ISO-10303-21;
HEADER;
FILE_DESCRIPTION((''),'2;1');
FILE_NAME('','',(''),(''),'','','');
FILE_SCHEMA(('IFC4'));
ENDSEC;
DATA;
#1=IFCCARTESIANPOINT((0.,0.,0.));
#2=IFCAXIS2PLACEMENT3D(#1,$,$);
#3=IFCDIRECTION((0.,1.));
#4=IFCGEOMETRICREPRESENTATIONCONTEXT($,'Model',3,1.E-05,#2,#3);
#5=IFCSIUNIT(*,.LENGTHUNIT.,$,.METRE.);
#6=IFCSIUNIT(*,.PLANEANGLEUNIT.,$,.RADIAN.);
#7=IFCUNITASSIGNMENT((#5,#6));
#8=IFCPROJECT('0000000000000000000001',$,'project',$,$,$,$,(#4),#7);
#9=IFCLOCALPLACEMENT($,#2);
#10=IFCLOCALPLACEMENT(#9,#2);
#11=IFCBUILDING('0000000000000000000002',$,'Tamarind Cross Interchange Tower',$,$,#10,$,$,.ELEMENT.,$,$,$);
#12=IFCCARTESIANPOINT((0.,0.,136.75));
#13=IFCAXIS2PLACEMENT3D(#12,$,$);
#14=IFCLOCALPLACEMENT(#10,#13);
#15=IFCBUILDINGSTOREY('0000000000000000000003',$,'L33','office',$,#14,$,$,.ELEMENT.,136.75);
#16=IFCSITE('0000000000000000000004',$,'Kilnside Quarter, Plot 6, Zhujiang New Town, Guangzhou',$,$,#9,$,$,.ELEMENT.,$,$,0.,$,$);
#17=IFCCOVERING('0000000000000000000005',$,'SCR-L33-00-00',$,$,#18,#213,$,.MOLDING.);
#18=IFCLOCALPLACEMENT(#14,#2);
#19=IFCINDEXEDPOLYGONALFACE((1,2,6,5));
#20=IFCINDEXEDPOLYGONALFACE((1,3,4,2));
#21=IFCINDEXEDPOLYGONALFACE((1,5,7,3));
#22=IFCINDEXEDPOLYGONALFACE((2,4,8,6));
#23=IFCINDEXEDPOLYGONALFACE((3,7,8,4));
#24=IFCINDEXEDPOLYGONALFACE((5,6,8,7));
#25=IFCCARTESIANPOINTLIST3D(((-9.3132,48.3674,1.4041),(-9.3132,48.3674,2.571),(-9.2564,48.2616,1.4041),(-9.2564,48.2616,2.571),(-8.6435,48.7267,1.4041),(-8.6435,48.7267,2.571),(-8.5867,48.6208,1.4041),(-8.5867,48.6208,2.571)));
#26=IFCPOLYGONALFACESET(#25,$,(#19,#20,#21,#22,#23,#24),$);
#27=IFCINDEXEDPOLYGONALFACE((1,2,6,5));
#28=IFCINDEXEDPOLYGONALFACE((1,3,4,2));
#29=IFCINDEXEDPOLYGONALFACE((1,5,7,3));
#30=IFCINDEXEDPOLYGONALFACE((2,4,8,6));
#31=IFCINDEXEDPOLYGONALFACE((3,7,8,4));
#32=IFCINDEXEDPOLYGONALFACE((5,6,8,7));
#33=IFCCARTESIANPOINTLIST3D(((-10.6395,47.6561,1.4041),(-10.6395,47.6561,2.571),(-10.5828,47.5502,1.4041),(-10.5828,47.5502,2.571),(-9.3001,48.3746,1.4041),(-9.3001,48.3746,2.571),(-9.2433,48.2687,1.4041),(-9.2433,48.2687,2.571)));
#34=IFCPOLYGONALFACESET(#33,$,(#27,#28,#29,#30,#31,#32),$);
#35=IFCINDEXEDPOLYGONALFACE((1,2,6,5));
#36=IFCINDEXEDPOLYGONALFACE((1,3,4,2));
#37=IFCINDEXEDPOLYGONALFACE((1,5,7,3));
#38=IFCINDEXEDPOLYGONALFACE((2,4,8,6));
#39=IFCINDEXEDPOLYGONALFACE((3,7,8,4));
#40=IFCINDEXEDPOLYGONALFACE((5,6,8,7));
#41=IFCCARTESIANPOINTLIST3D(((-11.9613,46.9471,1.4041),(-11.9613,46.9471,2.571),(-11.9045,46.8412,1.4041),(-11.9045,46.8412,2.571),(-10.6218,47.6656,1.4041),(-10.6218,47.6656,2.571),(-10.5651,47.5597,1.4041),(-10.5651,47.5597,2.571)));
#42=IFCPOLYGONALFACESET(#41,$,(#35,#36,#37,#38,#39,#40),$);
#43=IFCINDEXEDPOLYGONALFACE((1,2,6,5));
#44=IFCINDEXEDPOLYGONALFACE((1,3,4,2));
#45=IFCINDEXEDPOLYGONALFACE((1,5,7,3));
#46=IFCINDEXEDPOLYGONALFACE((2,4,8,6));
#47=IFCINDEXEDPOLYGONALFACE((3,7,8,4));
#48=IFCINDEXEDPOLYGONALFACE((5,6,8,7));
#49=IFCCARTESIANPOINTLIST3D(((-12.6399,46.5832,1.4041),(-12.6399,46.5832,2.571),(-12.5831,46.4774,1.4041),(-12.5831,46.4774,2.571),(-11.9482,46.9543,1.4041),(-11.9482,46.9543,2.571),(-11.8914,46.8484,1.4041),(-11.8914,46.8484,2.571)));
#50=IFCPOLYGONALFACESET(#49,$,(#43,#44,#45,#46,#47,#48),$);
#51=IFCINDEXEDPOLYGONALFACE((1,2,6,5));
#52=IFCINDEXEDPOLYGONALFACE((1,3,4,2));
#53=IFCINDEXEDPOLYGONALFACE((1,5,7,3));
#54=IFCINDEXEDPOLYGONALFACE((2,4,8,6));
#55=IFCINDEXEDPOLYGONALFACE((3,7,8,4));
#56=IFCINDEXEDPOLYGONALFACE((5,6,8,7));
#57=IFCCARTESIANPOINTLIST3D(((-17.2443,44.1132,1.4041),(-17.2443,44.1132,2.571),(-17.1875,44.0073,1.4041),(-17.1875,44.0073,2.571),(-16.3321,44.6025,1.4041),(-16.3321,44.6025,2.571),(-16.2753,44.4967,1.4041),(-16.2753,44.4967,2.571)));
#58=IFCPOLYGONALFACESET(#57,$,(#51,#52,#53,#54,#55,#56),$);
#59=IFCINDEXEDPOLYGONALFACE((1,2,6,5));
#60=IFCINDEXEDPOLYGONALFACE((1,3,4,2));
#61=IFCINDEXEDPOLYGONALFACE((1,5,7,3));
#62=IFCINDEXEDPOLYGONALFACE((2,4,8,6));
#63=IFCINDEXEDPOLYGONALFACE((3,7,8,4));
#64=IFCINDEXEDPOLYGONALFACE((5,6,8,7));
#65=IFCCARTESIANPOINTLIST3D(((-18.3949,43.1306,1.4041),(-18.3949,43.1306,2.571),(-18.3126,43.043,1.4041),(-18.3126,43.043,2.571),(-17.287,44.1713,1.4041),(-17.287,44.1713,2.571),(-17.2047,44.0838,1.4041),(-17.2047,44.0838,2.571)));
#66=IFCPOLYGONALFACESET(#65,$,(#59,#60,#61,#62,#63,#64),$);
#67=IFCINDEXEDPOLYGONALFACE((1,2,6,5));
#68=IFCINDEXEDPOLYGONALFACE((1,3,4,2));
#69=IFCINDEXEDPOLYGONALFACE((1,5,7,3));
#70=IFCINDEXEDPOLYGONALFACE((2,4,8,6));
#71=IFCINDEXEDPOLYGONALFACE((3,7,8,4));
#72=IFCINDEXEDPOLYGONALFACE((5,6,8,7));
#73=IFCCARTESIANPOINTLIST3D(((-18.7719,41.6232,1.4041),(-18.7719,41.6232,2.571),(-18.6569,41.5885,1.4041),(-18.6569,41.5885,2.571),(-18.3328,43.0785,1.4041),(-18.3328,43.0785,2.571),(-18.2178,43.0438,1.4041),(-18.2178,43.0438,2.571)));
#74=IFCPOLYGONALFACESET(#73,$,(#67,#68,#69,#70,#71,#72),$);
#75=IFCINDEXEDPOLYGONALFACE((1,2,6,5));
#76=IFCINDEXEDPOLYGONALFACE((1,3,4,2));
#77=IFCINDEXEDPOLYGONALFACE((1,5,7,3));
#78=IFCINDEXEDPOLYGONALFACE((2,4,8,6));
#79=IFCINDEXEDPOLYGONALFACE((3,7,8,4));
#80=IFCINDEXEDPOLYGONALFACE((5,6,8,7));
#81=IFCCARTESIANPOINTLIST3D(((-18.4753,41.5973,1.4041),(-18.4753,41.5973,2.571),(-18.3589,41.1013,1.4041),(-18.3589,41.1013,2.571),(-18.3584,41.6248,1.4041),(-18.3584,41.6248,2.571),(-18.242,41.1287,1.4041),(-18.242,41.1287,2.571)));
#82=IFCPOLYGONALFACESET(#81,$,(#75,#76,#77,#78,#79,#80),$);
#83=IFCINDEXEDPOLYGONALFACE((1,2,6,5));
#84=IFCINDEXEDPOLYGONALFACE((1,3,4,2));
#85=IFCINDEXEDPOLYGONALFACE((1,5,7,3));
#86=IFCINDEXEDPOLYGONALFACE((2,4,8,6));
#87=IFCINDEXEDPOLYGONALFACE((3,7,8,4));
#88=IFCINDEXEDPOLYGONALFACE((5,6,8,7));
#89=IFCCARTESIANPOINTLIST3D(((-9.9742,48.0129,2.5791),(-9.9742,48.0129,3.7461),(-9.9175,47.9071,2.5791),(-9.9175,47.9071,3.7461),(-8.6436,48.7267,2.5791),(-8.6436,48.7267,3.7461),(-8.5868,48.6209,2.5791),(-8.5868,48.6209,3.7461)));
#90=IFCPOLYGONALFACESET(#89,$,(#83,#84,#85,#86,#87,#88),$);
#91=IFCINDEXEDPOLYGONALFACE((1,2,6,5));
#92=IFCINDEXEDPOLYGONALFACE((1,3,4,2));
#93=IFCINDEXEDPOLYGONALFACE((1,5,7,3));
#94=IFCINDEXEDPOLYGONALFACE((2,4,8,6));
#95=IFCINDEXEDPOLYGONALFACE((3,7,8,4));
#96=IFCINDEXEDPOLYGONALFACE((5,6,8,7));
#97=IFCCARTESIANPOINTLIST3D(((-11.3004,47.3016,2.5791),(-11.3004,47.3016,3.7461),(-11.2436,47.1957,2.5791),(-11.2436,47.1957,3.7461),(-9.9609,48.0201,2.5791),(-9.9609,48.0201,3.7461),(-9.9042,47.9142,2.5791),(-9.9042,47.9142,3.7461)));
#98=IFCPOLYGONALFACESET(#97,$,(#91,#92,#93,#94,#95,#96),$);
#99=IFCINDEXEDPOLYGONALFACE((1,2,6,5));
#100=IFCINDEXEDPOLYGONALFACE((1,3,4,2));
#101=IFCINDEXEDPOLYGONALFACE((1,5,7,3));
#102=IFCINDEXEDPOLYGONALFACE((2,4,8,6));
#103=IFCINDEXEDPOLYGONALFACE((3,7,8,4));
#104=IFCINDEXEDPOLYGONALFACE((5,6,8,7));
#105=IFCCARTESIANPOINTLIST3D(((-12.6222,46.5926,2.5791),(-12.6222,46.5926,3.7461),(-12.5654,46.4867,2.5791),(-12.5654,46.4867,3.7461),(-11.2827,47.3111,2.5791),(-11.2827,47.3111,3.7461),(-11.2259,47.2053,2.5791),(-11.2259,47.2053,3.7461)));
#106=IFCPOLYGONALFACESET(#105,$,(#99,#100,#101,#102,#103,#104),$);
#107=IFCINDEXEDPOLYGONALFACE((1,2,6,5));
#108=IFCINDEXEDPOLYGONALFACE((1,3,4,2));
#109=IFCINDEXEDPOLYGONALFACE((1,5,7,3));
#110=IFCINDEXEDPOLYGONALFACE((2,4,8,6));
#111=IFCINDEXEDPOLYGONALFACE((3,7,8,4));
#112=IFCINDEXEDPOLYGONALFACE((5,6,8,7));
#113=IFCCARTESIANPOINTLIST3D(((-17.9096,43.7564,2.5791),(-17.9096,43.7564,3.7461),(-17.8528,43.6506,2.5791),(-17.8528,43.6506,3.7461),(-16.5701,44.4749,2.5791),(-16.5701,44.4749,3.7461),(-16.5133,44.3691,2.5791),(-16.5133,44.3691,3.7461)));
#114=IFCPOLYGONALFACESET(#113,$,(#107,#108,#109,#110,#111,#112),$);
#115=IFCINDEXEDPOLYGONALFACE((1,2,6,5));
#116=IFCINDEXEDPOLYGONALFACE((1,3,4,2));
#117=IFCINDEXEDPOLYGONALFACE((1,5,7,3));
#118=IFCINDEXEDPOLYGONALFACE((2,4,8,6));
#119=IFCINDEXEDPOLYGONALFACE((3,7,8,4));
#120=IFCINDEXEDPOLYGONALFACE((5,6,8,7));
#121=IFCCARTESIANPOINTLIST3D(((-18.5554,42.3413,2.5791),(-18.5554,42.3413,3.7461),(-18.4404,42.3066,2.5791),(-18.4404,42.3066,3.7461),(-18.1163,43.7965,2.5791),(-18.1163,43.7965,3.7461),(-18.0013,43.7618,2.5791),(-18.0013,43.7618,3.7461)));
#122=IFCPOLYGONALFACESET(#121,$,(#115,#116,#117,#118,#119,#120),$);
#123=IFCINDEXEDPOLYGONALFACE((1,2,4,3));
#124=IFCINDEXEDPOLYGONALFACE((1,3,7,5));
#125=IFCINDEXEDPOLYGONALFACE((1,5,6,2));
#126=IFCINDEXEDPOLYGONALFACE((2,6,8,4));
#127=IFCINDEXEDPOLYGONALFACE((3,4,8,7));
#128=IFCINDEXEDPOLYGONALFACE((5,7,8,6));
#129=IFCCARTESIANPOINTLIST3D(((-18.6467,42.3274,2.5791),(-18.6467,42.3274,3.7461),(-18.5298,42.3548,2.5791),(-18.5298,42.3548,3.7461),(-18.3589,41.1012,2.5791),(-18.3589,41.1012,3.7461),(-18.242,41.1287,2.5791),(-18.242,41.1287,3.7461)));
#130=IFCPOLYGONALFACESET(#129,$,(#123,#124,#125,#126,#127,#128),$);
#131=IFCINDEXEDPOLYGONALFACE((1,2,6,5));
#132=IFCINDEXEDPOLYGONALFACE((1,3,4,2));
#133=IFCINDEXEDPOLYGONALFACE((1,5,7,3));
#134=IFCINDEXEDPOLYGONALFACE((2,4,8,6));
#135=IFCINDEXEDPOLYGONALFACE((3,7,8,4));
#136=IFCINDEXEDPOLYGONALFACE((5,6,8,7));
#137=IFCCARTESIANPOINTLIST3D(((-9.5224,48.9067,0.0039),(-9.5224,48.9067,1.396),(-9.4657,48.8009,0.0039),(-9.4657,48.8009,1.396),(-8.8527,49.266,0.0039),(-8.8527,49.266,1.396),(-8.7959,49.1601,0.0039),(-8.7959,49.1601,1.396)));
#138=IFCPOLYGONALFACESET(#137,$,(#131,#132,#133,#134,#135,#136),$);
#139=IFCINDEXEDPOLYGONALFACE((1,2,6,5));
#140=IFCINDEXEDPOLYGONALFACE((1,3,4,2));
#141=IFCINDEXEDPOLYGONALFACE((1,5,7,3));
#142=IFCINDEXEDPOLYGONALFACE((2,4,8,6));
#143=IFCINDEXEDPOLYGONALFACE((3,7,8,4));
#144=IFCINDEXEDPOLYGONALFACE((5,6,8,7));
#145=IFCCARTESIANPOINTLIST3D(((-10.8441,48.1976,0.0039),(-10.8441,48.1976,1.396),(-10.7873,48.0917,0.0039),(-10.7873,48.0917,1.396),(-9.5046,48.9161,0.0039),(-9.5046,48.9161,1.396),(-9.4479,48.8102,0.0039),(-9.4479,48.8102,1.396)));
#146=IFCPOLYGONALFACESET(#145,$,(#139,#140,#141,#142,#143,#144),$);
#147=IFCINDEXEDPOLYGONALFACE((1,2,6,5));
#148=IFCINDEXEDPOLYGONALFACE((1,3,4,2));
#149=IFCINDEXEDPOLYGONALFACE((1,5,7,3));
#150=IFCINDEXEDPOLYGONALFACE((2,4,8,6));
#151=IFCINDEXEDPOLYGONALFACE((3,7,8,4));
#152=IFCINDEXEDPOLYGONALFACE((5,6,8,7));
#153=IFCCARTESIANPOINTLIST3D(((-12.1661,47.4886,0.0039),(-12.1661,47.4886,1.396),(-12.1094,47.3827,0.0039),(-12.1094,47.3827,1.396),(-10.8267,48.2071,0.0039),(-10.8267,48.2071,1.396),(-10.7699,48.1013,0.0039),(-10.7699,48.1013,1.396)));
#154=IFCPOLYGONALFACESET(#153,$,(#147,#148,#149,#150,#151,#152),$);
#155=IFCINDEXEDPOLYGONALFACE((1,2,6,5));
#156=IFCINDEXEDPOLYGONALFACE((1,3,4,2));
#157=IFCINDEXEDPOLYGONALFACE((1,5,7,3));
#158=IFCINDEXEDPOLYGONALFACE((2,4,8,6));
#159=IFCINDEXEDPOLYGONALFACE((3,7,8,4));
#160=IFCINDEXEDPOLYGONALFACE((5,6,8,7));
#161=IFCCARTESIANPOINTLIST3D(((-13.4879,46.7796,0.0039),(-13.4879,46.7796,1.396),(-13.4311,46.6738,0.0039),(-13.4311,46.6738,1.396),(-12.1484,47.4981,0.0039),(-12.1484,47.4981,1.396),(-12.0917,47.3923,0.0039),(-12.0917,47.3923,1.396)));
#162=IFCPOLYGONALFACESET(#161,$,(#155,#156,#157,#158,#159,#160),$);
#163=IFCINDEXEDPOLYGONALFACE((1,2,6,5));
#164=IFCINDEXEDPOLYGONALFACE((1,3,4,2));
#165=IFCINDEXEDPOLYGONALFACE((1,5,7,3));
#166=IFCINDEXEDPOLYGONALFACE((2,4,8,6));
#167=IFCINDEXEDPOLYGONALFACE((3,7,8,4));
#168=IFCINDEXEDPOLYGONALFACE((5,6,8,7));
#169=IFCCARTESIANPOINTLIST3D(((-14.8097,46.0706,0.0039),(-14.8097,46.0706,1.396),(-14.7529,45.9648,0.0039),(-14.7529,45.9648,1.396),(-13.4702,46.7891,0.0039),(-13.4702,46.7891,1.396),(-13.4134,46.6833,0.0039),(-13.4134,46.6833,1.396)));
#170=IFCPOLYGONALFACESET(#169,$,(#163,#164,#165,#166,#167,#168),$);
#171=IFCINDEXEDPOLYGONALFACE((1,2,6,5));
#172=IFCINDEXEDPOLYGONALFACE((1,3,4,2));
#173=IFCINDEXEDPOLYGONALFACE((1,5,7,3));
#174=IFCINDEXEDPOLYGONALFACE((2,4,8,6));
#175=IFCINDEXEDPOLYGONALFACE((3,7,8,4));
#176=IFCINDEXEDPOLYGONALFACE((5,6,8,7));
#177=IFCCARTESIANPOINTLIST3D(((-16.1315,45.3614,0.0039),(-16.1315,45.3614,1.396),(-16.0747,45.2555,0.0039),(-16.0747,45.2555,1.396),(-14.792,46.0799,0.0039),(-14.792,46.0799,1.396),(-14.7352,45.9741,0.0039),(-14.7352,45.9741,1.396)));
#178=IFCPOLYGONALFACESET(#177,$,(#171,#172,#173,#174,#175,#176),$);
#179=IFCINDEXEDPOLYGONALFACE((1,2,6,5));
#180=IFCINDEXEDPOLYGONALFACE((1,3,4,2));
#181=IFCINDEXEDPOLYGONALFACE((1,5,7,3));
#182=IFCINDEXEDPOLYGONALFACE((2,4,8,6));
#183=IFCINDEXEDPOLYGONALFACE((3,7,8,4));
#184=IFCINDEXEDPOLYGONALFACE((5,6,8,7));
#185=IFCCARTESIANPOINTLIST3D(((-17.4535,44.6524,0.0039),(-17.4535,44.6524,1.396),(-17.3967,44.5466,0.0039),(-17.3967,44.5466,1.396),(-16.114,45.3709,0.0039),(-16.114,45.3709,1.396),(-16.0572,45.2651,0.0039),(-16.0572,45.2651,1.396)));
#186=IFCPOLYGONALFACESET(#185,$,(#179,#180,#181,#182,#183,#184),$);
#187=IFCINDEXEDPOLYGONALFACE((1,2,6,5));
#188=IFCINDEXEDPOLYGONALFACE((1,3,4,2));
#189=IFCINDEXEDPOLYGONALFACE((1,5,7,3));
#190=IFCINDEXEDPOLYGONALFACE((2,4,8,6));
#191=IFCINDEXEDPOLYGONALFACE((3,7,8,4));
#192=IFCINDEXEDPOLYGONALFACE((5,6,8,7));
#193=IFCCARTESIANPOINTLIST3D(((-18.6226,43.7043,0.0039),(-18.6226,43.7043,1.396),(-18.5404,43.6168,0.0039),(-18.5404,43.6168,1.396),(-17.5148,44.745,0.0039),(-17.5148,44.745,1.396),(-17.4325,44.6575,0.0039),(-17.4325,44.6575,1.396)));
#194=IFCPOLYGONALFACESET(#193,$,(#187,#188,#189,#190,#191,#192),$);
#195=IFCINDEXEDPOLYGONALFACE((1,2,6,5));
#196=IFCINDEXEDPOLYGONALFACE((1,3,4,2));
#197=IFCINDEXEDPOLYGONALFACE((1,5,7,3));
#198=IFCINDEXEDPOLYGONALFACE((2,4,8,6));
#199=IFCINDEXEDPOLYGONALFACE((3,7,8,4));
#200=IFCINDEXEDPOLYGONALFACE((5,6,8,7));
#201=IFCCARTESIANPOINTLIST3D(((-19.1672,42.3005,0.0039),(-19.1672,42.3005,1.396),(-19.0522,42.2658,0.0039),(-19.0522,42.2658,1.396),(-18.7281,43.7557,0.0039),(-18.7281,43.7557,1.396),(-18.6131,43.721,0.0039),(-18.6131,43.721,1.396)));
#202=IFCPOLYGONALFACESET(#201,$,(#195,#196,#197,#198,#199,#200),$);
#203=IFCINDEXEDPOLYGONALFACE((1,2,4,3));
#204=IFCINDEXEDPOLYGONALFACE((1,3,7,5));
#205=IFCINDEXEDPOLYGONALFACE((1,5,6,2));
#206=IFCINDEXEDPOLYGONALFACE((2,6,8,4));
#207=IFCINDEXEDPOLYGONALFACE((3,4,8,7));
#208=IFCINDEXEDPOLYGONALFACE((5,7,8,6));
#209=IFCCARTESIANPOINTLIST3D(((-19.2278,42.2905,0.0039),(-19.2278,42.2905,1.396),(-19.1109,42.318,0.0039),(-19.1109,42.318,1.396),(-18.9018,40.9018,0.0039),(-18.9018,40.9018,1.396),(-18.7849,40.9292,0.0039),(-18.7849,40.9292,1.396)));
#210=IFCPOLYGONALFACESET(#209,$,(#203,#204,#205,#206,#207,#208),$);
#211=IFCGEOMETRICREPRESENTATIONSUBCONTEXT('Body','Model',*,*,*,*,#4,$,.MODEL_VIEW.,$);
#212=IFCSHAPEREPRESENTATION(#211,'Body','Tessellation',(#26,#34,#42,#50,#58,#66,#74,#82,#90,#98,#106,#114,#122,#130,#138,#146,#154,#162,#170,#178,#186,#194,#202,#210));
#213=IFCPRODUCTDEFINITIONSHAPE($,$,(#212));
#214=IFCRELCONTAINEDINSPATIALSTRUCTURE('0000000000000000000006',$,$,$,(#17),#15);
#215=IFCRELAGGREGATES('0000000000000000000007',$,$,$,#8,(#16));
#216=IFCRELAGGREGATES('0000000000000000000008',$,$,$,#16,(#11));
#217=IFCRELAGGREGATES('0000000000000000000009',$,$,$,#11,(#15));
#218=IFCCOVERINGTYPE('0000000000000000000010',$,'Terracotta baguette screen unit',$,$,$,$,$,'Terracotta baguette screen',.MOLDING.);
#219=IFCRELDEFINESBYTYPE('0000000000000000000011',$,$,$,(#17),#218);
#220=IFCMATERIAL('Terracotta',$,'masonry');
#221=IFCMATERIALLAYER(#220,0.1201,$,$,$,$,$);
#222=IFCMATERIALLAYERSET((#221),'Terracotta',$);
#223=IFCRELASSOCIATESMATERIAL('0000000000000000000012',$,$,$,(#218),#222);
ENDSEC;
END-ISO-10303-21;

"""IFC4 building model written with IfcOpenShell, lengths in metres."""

from ifc_helpers import new_model, si_unit, direction, frame, origin, origin_2d, place, context, subcontext, project, spatial, rectangle, extrude, material, layer, layer_set, type_object, element, save


model = new_model("IFC4")

# Units and contexts
model_context = context("Model", 3, precision=1e-05, world=origin(), true_north=direction((0.0, 1.0)))
body_context = subcontext(model_context, "Body", "Model", "MODEL_VIEW")
ifc_project = project(units=[si_unit("LENGTHUNIT", "METRE"), si_unit("PLANEANGLEUNIT", "RADIAN")], contexts=[model_context])

# Site, building, storey
site_placement = place(None, origin())
site = spatial("IfcSite", under=ifc_project, at=site_placement, Name="Kilnside Quarter, Plot 6, Zhujiang New Town, Guangzhou", CompositionType="ELEMENT", RefElevation=0.0)
building_placement = place(site_placement, origin())
building = spatial("IfcBuilding", under=site, at=building_placement, Name="Tamarind Cross Interchange Tower", CompositionType="ELEMENT")
storey_placement = place(building_placement, frame((0.0, 0.0, 136.75)))
storey = spatial("IfcBuildingStorey", under=building, at=storey_placement, Name="L33", Description="office", CompositionType="ELEMENT", Elevation=136.75)

# Covering
ifc_material_1 = material(Name="Terracotta", Category="masonry")
ifc_layer_1 = layer(ifc_material_1, 0.1201)
ifc_layer_set_1 = layer_set([ifc_layer_1], Name="Terracotta")
covering_type = type_object("IfcCoveringType", Name="Terracotta baguette screen unit", ElementType="Terracotta baguette screen", PredefinedType="MOLDING", material=ifc_layer_set_1)
covering_1_placement = place(storey_placement, origin())
element("IfcCovering", 1, at=covering_1_placement, inside=storey, type_object=covering_type, Name="SCR-L33-00-00", PredefinedType="MOLDING", context=body_context, shape_type="SweptSolid", body=[
    extrude(rectangle(XDim=0.76, YDim=0.1201, at=origin_2d()), frame((-8.95, 48.4941, 1.4041), z_axis=(0.0, 0.0, 1.0), x_axis=(-0.881224, -0.472698, 0.0)), (0.0, 0.0, 1.0), 1.167),
    extrude(rectangle(XDim=1.52, YDim=0.1201, at=origin_2d()), frame((-9.9414, 47.9624, 1.4041), z_axis=(0.0, 0.0, 1.0), x_axis=(-0.881224, -0.472698, 0.0)), (0.0, 0.0, 1.0), 1.167),
    extrude(rectangle(XDim=1.52, YDim=0.1201, at=origin_2d()), frame((-11.2632, 47.2534, 1.4041), z_axis=(0.0, 0.0, 1.0), x_axis=(-0.881224, -0.472698, 0.0)), (0.0, 0.0, 1.0), 1.167),
    extrude(rectangle(XDim=0.7849, YDim=0.1201, at=origin_2d()), frame((-12.2656, 46.7158, 1.4041), z_axis=(0.0, 0.0, 1.0), x_axis=(-0.881224, -0.472698, 0.0)), (0.0, 0.0, 1.0), 1.167),
    extrude(rectangle(XDim=1.0352, YDim=0.1201, at=origin_2d()), frame((-16.7598, 44.3049, 1.4041), z_axis=(0.0, 0.0, 1.0), x_axis=(-0.881224, -0.472698, 0.0)), (0.0, 0.0, 1.0), 1.167),
    extrude(rectangle(XDim=1.52, YDim=0.1201, at=origin_2d()), frame((-17.7998, 43.6072, 1.4041), z_axis=(0.0, 0.0, 1.0), x_axis=(-0.728854, -0.684669, 0.0)), (0.0, 0.0, 1.0), 1.167),
    extrude(rectangle(XDim=1.52, YDim=0.1201, at=origin_2d()), frame((-18.4949, 42.3335, 1.4041), z_axis=(0.0, 0.0, 1.0), x_axis=(-0.288871, -0.957368, 0.0)), (0.0, 0.0, 1.0), 1.167),
    extrude(rectangle(XDim=0.5095, YDim=0.1201, at=origin_2d()), frame((-18.3586, 41.363, 1.4041), z_axis=(0.0, 0.0, 1.0), x_axis=(0.228514, -0.973541, 0.0)), (0.0, 0.0, 1.0), 1.167),
    extrude(rectangle(XDim=1.51, YDim=0.1201, at=origin_2d()), frame((-9.2805, 48.3169, 2.5791), z_axis=(0.0, 0.0, 1.0), x_axis=(-0.881224, -0.472698, 0.0)), (0.0, 0.0, 1.0), 1.167),
    extrude(rectangle(XDim=1.52, YDim=0.1201, at=origin_2d()), frame((-10.6023, 47.6079, 2.5791), z_axis=(0.0, 0.0, 1.0), x_axis=(-0.881224, -0.472698, 0.0)), (0.0, 0.0, 1.0), 1.167),
    extrude(rectangle(XDim=1.52, YDim=0.1201, at=origin_2d()), frame((-11.9241, 46.8989, 2.5791), z_axis=(0.0, 0.0, 1.0), x_axis=(-0.881224, -0.472698, 0.0)), (0.0, 0.0, 1.0), 1.167),
    extrude(rectangle(XDim=1.52, YDim=0.1201, at=origin_2d()), frame((-17.2114, 44.0627, 2.5791), z_axis=(0.0, 0.0, 1.0), x_axis=(-0.881224, -0.472698, 0.0)), (0.0, 0.0, 1.0), 1.167),
    extrude(rectangle(XDim=1.52, YDim=0.1201, at=origin_2d()), frame((-18.2783, 43.0515, 2.5791), z_axis=(0.0, 0.0, 1.0), x_axis=(-0.288871, -0.957368, 0.0)), (0.0, 0.0, 1.0), 1.167),
    extrude(rectangle(XDim=1.2595, YDim=0.1201, at=origin_2d()), frame((-18.4443, 41.728, 2.5791), z_axis=(0.0, 0.0, 1.0), x_axis=(0.228514, -0.973541, 0.0)), (0.0, 0.0, 1.0), 1.167),
    extrude(rectangle(XDim=0.76, YDim=0.1201, at=origin_2d()), frame((-9.1592, 49.0334, 0.0039), z_axis=(0.0, 0.0, 1.0), x_axis=(-0.881224, -0.472698, 0.0)), (0.0, 0.0, 1.0), 1.3921),
    extrude(rectangle(XDim=1.52, YDim=0.1201, at=origin_2d()), frame((-10.146, 48.5039, 0.0039), z_axis=(0.0, 0.0, 1.0), x_axis=(-0.881224, -0.472698, 0.0)), (0.0, 0.0, 1.0), 1.3921),
    extrude(rectangle(XDim=1.52, YDim=0.1201, at=origin_2d()), frame((-11.468, 47.7949, 0.0039), z_axis=(0.0, 0.0, 1.0), x_axis=(-0.881224, -0.472698, 0.0)), (0.0, 0.0, 1.0), 1.3921),
    extrude(rectangle(XDim=1.52, YDim=0.1201, at=origin_2d()), frame((-12.7898, 47.0859, 0.0039), z_axis=(0.0, 0.0, 1.0), x_axis=(-0.881224, -0.472698, 0.0)), (0.0, 0.0, 1.0), 1.3921),
    extrude(rectangle(XDim=1.52, YDim=0.1201, at=origin_2d()), frame((-14.1116, 46.377, 0.0039), z_axis=(0.0, 0.0, 1.0), x_axis=(-0.881224, -0.472698, 0.0)), (0.0, 0.0, 1.0), 1.3921),
    extrude(rectangle(XDim=1.52, YDim=0.1201, at=origin_2d()), frame((-15.4333, 45.6677, 0.0039), z_axis=(0.0, 0.0, 1.0), x_axis=(-0.881224, -0.472698, 0.0)), (0.0, 0.0, 1.0), 1.3921),
    extrude(rectangle(XDim=1.52, YDim=0.1201, at=origin_2d()), frame((-16.7554, 44.9587, 0.0039), z_axis=(0.0, 0.0, 1.0), x_axis=(-0.881224, -0.472698, 0.0)), (0.0, 0.0, 1.0), 1.3921),
    extrude(rectangle(XDim=1.52, YDim=0.1201, at=origin_2d()), frame((-18.0276, 44.1809, 0.0039), z_axis=(0.0, 0.0, 1.0), x_axis=(-0.728854, -0.684669, 0.0)), (0.0, 0.0, 1.0), 1.3921),
    extrude(rectangle(XDim=1.52, YDim=0.1201, at=origin_2d()), frame((-18.8901, 43.0107, 0.0039), z_axis=(0.0, 0.0, 1.0), x_axis=(-0.288871, -0.957368, 0.0)), (0.0, 0.0, 1.0), 1.3921),
    extrude(rectangle(XDim=1.4265, YDim=0.1201, at=origin_2d()), frame((-19.0063, 41.6099, 0.0039), z_axis=(0.0, 0.0, 1.0), x_axis=(0.228514, -0.973541, 0.0)), (0.0, 0.0, 1.0), 1.3921),
])

save(model, "model.ifc")
